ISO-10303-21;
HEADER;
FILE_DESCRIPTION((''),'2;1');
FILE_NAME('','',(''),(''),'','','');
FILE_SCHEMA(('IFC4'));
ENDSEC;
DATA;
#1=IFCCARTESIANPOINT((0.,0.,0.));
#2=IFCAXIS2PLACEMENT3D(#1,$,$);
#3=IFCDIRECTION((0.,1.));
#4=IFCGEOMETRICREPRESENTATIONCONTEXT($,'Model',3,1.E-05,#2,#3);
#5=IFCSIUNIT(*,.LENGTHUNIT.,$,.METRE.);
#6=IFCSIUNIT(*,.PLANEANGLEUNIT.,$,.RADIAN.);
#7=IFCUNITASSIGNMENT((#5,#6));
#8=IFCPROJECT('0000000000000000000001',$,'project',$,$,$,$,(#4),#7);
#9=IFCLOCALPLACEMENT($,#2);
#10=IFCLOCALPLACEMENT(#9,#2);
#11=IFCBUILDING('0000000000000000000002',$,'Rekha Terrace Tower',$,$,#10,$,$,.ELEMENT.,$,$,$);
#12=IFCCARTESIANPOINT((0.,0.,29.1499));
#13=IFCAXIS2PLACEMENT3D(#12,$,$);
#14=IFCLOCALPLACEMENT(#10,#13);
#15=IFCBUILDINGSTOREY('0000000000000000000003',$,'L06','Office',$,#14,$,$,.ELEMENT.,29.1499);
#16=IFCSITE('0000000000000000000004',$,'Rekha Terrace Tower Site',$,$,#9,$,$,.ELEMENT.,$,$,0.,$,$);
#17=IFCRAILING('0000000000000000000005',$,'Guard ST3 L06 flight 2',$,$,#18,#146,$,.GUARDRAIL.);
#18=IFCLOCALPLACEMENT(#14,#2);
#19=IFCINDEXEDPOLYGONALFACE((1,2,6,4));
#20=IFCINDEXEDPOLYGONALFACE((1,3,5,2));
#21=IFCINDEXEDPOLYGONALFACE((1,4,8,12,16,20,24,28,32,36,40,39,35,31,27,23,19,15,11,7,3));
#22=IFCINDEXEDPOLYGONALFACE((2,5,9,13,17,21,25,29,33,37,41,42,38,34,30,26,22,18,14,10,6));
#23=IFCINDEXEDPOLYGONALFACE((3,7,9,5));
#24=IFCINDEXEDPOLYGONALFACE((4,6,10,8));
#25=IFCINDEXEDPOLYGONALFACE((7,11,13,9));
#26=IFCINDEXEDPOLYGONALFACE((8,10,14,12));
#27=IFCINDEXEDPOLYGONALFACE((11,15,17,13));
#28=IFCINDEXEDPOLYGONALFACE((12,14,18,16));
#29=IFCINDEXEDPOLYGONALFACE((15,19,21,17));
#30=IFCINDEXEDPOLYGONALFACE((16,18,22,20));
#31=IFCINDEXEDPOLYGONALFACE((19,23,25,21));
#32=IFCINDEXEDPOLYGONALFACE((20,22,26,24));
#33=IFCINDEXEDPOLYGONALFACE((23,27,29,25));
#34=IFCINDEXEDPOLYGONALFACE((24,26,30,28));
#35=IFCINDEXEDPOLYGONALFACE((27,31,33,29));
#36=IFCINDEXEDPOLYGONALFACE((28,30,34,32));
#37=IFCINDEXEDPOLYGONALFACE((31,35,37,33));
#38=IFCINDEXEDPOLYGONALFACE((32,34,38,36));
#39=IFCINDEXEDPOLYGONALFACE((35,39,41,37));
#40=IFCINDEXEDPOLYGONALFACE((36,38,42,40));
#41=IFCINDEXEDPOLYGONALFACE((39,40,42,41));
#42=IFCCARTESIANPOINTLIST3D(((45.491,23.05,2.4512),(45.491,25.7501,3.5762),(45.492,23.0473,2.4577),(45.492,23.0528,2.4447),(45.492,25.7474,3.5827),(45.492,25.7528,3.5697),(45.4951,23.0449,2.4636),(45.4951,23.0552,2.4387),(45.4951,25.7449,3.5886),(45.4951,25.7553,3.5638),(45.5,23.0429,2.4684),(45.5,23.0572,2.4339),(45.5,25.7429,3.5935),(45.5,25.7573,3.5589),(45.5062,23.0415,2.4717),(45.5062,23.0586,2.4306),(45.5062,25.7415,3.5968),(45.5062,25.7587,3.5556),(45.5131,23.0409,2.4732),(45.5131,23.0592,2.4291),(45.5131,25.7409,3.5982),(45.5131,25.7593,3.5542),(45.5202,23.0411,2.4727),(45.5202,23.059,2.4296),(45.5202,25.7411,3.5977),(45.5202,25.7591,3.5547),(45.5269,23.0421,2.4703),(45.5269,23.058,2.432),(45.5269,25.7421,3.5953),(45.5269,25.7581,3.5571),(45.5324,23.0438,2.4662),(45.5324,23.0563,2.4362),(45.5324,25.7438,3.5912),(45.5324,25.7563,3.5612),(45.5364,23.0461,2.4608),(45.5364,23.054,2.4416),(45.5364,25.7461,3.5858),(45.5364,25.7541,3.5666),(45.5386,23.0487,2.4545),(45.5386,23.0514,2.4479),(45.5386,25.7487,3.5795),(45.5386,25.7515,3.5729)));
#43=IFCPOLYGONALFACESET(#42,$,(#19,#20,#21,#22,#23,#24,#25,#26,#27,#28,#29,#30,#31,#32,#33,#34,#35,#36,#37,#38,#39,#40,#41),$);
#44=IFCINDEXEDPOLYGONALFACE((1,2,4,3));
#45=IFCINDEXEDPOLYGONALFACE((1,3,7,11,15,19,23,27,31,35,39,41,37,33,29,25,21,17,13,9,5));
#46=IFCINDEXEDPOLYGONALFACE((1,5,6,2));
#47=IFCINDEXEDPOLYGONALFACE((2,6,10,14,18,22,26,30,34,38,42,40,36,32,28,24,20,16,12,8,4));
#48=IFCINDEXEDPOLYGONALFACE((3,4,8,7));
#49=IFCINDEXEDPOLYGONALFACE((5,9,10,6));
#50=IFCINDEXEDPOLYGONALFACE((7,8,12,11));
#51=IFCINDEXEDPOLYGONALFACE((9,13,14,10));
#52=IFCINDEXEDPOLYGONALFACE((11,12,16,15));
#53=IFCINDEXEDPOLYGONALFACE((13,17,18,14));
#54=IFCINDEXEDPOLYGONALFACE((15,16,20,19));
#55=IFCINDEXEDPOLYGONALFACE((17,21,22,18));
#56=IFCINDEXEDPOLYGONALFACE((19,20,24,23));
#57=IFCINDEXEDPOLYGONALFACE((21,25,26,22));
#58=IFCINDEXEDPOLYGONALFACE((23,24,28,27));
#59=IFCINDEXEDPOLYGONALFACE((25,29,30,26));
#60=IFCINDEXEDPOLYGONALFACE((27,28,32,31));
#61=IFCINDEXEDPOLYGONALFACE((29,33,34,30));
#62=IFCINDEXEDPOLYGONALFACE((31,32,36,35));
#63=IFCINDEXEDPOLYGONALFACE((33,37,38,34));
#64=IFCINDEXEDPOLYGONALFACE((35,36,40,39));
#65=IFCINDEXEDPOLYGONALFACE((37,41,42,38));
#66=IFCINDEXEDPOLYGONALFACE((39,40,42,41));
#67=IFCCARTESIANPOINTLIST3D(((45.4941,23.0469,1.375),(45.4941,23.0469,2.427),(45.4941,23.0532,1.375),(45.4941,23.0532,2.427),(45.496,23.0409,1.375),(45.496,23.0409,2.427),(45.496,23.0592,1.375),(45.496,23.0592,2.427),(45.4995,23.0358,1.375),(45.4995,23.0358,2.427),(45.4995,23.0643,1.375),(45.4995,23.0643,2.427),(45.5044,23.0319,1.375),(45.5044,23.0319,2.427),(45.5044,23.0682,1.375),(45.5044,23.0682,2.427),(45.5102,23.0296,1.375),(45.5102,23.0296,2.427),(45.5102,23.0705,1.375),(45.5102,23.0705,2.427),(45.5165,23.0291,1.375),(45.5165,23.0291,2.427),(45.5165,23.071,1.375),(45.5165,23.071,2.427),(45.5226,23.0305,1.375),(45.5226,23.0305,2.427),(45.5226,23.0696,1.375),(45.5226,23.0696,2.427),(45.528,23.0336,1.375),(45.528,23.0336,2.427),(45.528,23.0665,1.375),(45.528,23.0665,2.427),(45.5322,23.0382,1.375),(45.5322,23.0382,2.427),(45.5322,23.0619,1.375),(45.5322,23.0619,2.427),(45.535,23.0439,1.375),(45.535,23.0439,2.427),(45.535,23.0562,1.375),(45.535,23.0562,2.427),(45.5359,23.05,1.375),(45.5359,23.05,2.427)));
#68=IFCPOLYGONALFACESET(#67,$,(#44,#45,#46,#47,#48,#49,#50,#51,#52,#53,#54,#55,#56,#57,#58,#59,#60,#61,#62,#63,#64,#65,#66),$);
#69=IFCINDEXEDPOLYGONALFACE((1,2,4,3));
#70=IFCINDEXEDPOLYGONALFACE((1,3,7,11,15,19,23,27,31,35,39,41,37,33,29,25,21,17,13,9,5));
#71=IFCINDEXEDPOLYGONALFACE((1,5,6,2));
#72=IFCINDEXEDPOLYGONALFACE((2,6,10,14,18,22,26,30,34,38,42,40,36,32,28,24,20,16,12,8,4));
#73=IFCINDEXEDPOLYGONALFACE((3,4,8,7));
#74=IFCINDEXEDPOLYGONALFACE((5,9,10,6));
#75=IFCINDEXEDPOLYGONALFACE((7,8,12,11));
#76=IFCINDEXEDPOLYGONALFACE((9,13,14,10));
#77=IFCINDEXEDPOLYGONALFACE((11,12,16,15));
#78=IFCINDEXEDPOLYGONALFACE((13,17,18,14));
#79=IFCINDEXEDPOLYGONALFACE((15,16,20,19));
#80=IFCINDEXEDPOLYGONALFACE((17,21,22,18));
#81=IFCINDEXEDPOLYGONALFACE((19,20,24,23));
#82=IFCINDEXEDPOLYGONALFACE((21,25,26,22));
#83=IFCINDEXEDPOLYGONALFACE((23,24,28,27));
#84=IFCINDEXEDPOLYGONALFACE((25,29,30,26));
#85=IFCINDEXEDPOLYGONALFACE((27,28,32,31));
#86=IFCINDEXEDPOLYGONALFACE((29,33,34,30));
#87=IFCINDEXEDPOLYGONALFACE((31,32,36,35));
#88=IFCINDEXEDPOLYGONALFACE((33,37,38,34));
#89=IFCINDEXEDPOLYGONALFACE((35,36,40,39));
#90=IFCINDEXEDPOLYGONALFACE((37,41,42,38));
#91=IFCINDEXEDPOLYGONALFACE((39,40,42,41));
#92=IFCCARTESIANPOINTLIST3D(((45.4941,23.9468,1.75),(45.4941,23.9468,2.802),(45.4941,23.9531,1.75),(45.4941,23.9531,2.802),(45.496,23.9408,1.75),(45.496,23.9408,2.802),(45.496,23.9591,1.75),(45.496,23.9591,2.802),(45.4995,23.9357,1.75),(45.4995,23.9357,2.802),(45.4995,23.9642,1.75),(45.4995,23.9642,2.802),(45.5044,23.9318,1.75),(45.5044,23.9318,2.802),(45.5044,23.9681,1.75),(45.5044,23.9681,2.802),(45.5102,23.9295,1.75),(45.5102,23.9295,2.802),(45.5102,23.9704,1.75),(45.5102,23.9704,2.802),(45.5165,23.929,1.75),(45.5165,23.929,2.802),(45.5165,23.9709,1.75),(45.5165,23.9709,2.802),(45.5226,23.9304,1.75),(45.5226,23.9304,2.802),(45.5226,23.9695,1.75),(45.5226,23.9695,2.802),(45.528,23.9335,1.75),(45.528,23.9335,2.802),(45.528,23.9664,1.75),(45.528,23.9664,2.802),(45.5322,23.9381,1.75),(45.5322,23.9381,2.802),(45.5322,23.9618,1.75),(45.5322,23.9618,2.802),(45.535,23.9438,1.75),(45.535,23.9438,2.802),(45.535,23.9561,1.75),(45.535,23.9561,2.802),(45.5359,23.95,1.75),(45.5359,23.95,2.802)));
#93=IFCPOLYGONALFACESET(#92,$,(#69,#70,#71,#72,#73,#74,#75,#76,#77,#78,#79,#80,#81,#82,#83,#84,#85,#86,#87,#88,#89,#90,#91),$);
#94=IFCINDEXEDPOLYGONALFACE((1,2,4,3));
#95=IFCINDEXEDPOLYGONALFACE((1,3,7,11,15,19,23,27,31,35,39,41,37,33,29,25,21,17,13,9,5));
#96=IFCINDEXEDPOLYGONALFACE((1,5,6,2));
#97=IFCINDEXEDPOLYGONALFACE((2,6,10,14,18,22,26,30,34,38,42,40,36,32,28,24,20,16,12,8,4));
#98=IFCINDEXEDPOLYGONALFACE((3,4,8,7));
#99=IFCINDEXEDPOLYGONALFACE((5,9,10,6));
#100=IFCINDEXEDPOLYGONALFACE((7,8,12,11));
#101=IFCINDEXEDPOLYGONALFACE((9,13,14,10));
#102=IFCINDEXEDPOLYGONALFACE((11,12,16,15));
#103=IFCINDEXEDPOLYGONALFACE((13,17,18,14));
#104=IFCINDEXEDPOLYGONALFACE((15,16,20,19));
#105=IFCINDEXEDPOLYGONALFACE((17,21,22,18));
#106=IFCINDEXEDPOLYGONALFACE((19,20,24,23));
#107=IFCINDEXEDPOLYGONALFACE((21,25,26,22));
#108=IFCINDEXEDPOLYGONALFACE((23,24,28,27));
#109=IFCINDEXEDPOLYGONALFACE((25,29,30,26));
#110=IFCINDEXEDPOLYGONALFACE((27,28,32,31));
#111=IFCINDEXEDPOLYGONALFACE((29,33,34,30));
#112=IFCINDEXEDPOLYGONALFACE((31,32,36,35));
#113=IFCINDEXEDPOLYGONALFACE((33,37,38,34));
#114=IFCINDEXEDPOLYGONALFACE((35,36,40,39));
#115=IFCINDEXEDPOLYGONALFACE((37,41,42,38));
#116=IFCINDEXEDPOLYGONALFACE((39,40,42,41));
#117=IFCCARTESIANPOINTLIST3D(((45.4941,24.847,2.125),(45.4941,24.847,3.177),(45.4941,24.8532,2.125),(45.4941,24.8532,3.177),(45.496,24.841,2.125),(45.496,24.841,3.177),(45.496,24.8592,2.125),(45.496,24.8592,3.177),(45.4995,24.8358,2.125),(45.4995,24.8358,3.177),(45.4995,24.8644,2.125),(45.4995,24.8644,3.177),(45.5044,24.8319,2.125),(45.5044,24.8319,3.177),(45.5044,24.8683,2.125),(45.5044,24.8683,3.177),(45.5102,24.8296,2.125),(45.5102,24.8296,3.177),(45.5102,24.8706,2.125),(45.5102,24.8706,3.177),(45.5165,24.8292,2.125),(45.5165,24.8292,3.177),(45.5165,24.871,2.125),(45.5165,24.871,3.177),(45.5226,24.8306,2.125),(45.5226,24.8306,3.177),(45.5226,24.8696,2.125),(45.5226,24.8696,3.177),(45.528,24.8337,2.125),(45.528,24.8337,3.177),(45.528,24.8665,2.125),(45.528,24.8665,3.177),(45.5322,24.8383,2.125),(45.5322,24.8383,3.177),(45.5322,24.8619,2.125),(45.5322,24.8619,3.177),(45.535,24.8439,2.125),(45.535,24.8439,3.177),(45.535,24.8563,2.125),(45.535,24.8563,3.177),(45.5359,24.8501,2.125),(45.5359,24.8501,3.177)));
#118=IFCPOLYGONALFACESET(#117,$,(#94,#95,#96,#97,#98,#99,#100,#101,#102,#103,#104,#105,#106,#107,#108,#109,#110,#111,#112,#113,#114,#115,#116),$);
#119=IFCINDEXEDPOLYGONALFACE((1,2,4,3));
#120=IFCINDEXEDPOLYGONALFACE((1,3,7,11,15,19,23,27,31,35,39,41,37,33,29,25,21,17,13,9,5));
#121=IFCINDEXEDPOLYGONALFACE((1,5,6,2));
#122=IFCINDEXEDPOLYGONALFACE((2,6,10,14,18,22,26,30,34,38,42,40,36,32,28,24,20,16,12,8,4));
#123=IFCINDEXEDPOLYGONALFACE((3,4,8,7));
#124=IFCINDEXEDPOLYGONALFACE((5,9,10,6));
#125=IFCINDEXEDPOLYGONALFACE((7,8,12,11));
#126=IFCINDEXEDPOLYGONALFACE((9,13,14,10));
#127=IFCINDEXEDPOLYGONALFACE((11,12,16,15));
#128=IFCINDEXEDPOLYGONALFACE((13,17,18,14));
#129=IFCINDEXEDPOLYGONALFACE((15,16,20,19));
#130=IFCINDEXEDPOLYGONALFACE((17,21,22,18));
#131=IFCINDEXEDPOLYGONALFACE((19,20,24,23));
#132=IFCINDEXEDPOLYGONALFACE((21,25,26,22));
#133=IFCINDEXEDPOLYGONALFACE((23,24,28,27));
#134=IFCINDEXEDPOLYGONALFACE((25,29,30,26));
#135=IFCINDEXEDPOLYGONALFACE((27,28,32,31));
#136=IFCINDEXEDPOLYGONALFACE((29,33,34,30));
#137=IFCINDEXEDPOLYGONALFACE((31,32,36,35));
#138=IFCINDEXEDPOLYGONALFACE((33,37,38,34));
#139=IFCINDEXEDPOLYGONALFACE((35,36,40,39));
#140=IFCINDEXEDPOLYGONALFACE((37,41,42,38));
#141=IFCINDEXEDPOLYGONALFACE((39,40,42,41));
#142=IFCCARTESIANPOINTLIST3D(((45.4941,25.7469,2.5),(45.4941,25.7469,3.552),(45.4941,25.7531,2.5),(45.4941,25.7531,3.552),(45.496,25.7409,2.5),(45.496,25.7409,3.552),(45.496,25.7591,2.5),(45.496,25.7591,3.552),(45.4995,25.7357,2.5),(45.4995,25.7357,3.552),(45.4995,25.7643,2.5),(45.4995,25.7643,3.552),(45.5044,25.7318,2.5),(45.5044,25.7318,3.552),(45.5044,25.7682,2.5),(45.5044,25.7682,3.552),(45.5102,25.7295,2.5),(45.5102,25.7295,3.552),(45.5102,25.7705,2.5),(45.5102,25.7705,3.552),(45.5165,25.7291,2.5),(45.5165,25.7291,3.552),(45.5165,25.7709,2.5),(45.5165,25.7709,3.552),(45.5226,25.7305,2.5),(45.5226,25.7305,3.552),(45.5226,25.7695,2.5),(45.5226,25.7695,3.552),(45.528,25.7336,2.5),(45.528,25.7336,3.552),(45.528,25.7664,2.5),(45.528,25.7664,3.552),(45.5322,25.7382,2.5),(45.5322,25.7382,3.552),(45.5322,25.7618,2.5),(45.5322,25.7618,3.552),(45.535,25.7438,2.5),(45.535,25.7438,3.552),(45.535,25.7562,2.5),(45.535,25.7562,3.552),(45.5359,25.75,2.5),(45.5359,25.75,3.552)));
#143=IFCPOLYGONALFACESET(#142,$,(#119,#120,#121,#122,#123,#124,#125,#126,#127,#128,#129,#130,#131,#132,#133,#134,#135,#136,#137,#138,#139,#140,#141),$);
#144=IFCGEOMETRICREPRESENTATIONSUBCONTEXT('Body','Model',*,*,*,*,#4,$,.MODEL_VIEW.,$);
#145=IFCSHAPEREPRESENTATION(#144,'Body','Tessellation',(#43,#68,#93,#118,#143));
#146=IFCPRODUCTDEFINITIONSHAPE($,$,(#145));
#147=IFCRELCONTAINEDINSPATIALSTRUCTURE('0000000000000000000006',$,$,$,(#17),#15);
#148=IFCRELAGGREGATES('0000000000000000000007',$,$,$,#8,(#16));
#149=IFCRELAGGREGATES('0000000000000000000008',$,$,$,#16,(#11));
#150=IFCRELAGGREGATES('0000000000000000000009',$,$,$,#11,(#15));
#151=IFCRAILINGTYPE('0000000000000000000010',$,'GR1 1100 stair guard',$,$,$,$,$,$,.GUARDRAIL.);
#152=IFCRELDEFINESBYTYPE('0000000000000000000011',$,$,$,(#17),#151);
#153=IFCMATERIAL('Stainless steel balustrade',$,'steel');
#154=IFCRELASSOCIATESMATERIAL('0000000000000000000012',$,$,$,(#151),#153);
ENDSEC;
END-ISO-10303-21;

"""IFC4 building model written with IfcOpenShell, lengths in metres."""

from ifc_helpers import new_model, si_unit, direction, frame, origin, origin_2d, place, context, subcontext, project, spatial, circle, extrude, material, type_object, element, save


model = new_model("IFC4")

# Units and contexts
model_context = context("Model", 3, precision=1e-05, world=origin(), true_north=direction((0.0, 1.0)))
body_context = subcontext(model_context, "Body", "Model", "MODEL_VIEW")
ifc_project = project(units=[si_unit("LENGTHUNIT", "METRE"), si_unit("PLANEANGLEUNIT", "RADIAN")], contexts=[model_context])

# Site, building, storey
site_placement = place(None, origin())
site = spatial("IfcSite", under=ifc_project, at=site_placement, Name="Rekha Terrace Tower Site", CompositionType="ELEMENT", RefElevation=0.0)
building_placement = place(site_placement, origin())
building = spatial("IfcBuilding", under=site, at=building_placement, Name="Rekha Terrace Tower", CompositionType="ELEMENT")
storey_placement = place(building_placement, frame((0.0, 0.0, 29.1499)))
storey = spatial("IfcBuildingStorey", under=building, at=storey_placement, Name="L06", Description="Office", CompositionType="ELEMENT", Elevation=29.1499)

# Railing
ifc_material_1 = material(Name="Stainless steel balustrade", Category="steel")
railing_type_1 = type_object("IfcRailingType", Name="GR1 1100 stair guard", PredefinedType="GUARDRAIL", material=ifc_material_1)
railing_1_placement = place(storey_placement, frame((45.5149, 23.05, 1.375)))
element("IfcRailing", 1, at=railing_1_placement, inside=storey, type_object=railing_type_1, Name="Guard ST3 L06 flight 2", PredefinedType="GUARDRAIL", context=body_context, shape_type="SweptSolid", body=[
    extrude(circle(Radius=0.0239, at=origin_2d()), frame((0.0, 0.0, 1.0762), z_axis=(0.0, 0.923074, 0.384621), x_axis=(-1.0, 0.0, 0.0)), (0.0, 0.0, 1.0), 2.925),
    extrude(circle(Radius=0.021, at=origin_2d()), origin(), (0.0, 0.0, 1.0), 1.052),
    extrude(circle(Radius=0.021, at=origin_2d()), frame((0.0, 0.8999, 0.375)), (0.0, 0.0, 1.0), 1.052),
    extrude(circle(Radius=0.021, at=origin_2d()), frame((0.0, 1.8, 0.75)), (0.0, 0.0, 1.0), 1.052),
    extrude(circle(Radius=0.021, at=origin_2d()), frame((0.0, 2.7, 1.125)), (0.0, 0.0, 1.0), 1.052),
])

save(model, "model.ifc")
